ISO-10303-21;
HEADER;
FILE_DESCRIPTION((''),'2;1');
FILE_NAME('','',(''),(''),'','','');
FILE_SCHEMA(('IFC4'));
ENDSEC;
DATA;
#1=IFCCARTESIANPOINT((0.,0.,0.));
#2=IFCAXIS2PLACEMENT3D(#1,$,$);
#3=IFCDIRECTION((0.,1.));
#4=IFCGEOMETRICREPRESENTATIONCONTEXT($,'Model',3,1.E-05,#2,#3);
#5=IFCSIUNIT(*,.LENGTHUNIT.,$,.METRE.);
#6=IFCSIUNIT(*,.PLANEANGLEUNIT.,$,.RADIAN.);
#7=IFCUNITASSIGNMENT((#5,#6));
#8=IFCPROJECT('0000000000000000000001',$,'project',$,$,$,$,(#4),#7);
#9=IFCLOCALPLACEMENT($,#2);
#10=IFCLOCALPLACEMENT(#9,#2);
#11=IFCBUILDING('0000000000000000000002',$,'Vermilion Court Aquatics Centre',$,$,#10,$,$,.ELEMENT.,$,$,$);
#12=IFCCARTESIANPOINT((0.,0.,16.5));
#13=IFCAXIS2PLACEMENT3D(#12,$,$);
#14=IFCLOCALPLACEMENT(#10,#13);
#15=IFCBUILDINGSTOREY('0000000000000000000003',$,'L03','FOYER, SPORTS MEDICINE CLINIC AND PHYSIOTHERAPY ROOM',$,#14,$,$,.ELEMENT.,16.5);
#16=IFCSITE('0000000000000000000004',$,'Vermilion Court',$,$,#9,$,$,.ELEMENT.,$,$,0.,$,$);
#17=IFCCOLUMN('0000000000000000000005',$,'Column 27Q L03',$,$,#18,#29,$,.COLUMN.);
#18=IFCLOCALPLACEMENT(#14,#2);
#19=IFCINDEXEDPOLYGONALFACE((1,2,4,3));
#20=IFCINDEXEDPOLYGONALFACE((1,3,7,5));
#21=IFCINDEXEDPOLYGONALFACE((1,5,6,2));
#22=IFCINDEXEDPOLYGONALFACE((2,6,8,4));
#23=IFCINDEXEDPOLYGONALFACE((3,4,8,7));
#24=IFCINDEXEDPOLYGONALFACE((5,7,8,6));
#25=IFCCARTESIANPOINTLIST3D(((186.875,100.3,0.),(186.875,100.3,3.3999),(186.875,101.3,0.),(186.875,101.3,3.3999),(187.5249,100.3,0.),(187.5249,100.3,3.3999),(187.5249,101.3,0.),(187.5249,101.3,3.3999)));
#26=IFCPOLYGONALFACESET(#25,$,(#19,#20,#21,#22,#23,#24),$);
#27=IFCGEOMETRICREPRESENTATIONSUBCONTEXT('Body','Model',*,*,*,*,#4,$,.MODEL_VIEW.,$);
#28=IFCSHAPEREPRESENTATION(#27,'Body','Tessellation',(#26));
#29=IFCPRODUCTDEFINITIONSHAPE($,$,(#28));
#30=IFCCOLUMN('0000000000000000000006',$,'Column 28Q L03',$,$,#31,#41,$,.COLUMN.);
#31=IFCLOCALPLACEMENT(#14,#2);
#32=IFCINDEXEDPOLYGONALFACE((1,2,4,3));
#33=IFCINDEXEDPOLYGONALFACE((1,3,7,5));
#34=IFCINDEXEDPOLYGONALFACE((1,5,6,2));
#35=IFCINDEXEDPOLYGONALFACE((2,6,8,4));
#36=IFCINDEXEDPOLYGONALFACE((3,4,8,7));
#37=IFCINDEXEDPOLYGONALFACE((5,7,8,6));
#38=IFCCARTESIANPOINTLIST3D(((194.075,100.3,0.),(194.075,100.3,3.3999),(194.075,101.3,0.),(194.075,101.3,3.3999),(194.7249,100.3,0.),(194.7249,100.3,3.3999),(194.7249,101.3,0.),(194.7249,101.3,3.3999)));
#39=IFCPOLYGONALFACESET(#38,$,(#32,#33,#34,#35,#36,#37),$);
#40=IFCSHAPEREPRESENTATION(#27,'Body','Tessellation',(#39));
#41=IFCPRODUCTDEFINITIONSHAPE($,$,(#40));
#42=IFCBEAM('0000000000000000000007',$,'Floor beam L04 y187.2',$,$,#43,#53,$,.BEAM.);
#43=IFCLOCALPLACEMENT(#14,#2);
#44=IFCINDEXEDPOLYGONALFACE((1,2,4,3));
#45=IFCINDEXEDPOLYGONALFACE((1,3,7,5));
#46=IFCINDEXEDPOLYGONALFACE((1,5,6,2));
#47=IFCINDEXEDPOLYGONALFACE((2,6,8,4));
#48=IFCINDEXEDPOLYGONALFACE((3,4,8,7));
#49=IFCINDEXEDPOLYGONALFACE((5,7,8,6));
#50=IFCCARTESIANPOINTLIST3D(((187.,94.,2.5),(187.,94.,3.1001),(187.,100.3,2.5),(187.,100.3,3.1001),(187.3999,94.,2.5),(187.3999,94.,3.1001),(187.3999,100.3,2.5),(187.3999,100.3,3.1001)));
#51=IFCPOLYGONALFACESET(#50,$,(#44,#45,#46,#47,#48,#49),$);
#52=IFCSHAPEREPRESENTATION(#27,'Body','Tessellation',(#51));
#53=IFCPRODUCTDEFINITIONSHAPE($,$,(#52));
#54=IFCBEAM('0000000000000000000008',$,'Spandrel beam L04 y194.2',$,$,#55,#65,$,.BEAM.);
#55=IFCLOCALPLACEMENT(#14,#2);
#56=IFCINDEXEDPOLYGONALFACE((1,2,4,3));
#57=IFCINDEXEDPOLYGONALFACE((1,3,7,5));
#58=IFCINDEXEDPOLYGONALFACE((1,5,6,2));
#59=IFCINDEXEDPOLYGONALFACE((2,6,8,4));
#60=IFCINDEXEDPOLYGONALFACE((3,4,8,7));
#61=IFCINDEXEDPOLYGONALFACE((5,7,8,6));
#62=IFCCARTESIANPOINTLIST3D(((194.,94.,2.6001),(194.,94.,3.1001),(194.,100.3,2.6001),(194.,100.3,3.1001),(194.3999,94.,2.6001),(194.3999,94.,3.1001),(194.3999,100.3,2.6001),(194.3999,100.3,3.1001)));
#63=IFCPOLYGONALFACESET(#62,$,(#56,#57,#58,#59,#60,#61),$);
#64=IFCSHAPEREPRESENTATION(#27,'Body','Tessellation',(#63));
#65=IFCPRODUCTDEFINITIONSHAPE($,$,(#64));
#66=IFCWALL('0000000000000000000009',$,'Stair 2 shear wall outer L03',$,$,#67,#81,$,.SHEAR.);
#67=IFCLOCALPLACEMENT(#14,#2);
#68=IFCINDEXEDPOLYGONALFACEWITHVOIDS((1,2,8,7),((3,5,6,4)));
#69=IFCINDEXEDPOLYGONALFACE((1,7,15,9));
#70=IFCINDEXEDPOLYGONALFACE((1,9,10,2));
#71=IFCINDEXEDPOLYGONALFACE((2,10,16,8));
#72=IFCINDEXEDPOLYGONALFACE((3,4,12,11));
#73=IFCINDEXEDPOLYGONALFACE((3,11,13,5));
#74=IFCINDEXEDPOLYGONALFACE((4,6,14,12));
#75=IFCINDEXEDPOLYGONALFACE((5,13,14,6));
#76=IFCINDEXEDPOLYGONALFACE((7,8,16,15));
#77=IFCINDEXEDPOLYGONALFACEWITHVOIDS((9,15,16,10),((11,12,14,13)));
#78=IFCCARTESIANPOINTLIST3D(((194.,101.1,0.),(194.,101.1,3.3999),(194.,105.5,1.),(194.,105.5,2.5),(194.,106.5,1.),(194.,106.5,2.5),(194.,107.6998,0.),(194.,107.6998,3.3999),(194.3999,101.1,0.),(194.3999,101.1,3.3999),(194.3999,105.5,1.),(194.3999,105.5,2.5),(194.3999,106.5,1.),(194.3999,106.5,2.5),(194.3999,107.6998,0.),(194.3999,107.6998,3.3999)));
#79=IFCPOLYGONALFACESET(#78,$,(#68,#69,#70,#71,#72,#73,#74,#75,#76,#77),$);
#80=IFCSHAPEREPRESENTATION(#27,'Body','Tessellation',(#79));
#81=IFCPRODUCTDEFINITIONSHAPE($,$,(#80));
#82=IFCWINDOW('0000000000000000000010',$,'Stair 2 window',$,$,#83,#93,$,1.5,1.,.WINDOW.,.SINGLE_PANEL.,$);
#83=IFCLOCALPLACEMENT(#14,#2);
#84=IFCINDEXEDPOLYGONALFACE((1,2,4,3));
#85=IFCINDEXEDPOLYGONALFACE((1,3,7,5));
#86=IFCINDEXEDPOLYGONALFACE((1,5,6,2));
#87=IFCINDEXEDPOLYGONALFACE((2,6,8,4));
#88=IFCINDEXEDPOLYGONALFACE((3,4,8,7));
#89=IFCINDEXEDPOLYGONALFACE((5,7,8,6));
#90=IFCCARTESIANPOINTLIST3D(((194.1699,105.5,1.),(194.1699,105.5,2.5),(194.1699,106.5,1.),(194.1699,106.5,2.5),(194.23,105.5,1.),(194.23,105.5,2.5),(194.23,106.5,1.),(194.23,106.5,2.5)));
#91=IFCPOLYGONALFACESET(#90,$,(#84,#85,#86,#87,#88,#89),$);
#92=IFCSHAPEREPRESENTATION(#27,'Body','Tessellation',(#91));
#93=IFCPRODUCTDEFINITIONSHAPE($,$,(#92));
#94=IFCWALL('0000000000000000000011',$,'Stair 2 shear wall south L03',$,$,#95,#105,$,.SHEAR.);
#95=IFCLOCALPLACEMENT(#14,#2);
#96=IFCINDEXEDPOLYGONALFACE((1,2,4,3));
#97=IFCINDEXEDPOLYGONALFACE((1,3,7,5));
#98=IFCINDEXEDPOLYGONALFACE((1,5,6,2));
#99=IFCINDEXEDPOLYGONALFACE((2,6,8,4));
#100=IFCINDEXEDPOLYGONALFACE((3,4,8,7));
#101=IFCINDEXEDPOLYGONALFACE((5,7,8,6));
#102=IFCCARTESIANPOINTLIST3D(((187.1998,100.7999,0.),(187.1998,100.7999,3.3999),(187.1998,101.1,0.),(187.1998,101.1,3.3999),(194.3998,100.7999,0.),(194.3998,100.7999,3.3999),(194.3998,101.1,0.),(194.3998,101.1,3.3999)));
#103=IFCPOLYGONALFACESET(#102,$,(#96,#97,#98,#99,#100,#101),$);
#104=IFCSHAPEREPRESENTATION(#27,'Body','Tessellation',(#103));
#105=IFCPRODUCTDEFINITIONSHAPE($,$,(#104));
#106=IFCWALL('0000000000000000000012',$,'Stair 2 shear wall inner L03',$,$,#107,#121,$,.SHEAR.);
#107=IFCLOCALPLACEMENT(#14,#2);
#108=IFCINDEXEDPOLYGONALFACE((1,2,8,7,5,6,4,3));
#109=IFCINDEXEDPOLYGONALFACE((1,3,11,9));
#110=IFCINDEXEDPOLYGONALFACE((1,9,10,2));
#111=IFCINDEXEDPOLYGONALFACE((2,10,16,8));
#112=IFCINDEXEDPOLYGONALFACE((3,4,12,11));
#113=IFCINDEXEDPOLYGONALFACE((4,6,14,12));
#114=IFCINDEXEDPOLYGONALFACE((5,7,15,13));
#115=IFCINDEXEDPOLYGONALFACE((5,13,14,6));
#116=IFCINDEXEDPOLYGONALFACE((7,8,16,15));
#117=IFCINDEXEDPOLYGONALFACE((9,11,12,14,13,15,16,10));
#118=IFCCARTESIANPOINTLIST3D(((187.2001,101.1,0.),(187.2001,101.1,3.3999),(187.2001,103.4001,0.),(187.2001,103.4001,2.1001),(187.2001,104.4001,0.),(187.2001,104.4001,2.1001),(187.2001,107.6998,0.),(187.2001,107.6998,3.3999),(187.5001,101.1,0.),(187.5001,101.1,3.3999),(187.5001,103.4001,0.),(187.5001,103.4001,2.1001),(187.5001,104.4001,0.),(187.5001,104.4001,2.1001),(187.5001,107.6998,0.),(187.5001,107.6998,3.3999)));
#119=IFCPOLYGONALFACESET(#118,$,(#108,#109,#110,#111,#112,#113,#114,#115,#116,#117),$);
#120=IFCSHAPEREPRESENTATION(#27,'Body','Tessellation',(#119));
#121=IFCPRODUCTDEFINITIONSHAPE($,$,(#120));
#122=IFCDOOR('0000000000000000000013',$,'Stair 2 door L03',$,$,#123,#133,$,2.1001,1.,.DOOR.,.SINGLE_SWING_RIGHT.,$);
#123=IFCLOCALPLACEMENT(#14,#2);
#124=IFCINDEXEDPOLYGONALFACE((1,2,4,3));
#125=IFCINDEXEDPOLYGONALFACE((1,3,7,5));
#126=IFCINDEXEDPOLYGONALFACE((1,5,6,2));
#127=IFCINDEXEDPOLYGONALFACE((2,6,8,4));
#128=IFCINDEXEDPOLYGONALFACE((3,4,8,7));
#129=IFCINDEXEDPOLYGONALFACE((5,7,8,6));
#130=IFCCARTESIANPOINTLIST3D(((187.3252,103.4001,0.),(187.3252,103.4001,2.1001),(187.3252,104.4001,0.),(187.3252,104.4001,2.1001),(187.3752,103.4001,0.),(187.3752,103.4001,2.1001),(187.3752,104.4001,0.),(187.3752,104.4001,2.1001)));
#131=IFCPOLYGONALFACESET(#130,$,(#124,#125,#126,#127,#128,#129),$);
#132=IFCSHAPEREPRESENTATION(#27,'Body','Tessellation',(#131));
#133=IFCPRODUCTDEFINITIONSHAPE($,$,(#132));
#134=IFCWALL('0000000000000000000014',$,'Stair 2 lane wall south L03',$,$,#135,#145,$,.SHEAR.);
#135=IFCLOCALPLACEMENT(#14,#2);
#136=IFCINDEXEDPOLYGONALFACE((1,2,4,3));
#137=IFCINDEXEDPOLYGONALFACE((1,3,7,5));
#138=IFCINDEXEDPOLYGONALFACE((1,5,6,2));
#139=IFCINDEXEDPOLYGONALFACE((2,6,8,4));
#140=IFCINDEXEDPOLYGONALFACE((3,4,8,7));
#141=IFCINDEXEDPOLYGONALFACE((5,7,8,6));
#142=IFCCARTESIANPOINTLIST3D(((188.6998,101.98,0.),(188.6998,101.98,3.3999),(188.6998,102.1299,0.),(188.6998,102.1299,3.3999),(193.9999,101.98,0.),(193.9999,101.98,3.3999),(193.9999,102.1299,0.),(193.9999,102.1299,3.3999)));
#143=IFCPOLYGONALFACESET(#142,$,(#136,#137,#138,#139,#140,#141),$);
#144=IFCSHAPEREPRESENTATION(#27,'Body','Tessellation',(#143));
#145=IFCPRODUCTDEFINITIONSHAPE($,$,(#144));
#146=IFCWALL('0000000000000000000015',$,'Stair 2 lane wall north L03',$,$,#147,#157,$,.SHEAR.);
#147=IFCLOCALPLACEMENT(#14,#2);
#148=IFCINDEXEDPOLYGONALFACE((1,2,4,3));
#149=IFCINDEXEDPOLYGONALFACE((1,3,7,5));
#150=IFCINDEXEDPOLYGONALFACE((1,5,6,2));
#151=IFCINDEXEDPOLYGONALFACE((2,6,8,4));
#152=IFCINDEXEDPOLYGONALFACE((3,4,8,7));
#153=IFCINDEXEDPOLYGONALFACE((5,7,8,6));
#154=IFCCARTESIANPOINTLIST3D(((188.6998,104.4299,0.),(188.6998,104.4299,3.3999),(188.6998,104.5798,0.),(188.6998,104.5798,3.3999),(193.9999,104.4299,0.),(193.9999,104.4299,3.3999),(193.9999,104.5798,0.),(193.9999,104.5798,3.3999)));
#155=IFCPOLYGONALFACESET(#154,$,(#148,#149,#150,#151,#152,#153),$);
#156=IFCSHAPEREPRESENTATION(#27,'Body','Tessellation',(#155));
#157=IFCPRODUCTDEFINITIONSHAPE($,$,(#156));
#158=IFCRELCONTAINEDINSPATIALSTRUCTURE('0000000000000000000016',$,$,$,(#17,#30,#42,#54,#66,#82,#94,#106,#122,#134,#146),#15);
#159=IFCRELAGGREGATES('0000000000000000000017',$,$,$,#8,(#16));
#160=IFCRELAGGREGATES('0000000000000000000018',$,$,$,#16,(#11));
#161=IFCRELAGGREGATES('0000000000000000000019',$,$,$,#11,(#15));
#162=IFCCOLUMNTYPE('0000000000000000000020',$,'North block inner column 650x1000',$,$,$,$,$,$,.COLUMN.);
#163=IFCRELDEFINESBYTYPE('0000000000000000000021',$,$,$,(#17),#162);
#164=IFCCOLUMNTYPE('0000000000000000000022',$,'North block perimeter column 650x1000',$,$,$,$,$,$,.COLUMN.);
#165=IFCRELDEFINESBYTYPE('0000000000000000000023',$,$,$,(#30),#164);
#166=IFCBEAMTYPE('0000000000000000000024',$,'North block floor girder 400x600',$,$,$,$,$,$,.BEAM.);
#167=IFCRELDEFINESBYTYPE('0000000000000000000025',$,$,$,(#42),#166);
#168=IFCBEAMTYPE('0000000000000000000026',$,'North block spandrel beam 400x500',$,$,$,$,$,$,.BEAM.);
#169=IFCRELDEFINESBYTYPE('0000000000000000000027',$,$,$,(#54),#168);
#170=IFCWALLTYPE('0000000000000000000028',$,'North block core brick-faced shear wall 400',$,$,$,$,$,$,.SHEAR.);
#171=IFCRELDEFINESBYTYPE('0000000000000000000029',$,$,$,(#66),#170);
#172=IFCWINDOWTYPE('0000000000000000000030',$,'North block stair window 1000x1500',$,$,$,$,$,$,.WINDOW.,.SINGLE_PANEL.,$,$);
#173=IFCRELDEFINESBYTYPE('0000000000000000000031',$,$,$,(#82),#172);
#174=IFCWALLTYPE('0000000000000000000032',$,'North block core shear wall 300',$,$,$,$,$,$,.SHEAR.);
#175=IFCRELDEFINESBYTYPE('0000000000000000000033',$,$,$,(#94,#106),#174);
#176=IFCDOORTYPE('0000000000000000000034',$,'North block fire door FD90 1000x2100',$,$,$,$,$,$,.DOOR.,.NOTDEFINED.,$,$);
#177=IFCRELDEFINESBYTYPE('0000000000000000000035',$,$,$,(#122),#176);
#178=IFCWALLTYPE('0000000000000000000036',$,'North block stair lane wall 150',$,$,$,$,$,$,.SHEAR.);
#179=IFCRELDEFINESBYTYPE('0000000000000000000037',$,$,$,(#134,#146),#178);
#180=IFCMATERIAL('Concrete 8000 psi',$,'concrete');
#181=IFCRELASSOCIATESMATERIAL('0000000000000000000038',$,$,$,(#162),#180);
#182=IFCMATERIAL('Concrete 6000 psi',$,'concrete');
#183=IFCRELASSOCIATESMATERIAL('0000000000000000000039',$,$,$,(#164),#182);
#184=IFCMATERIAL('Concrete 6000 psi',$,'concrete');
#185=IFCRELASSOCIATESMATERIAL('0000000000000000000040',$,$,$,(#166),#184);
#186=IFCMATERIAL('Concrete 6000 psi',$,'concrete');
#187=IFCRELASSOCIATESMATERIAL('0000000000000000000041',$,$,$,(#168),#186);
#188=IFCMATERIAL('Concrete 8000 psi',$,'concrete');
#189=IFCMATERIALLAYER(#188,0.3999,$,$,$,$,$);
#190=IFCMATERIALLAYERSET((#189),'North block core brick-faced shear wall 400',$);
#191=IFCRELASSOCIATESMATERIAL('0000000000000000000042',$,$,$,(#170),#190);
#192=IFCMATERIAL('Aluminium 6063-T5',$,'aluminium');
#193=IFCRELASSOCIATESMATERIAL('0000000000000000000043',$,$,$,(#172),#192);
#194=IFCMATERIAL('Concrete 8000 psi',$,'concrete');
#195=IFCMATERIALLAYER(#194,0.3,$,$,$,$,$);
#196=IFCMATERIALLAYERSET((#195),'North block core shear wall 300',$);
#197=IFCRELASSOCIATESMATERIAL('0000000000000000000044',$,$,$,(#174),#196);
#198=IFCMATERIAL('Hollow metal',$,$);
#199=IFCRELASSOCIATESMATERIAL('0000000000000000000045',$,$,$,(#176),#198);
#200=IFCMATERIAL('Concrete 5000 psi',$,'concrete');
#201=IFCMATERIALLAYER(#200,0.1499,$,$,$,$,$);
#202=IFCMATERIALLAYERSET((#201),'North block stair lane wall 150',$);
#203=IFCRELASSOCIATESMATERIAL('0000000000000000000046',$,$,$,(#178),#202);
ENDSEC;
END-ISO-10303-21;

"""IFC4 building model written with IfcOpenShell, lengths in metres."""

from ifc_helpers import new_model, si_unit, direction, frame, frame_2d, origin, origin_2d, place, context, subcontext, project, spatial, rectangle, extrude, material, layer, layer_set, material_profile, profile_set, type_object, element, fill, save


model = new_model("IFC4")

# Units and contexts
model_context = context("Model", 3, precision=1e-05, world=origin(), true_north=direction((0.0, 1.0)))
body_context = subcontext(model_context, "Body", "Model", "MODEL_VIEW")
ifc_project = project(units=[si_unit("LENGTHUNIT", "METRE"), si_unit("PLANEANGLEUNIT", "RADIAN")], contexts=[model_context])

# Site, building, storey
site_placement = place(None, origin())
site = spatial("IfcSite", under=ifc_project, at=site_placement, Name="Vermilion Court", CompositionType="ELEMENT", RefElevation=0.0)
building_placement = place(site_placement, origin())
building = spatial("IfcBuilding", under=site, at=building_placement, Name="Vermilion Court Aquatics Centre", CompositionType="ELEMENT")
storey_placement = place(building_placement, frame((0.0, 0.0, 16.5)))
storey = spatial("IfcBuildingStorey", under=building, at=storey_placement, Name="L03", Description="FOYER, SPORTS MEDICINE CLINIC AND PHYSIOTHERAPY ROOM", CompositionType="ELEMENT", Elevation=16.5)

# Columns
ifc_material_1 = material(Name="Concrete 8000 psi", Category="concrete")
ifc_material_profile_1 = material_profile(ifc_material_1, rectangle(XDim=0.6499, YDim=1.0, at=origin_2d()), Name="RC 650x1000")
ifc_profile_set_1 = profile_set([ifc_material_profile_1], Name="Concrete 8000 psi")
column_type_1 = type_object("IfcColumnType", Name="North block inner column 650x1000", PredefinedType="COLUMN", material=ifc_profile_set_1)
column_1_placement = place(storey_placement, frame((187.2, 100.8, 0.0), z_axis=(0.0, 0.0, 1.0), x_axis=(1.0, 0.0, 0.0)))
element("IfcColumn", 1, at=column_1_placement, inside=storey, type_object=column_type_1, Name="Column 27Q L03", PredefinedType="COLUMN", context=body_context, shape_type="SweptSolid", body=[
    extrude(rectangle(XDim=0.6499, YDim=1.0, at=origin_2d()), origin(), (0.0, 0.0, 1.0), 3.3999),
])
ifc_material_2 = material(Name="Concrete 6000 psi", Category="concrete")
ifc_material_profile_2 = material_profile(ifc_material_2, rectangle(XDim=0.6499, YDim=1.0, at=origin_2d()), Name="RC 650x1000")
ifc_profile_set_2 = profile_set([ifc_material_profile_2], Name="Concrete 6000 psi")
column_type_2 = type_object("IfcColumnType", Name="North block perimeter column 650x1000", PredefinedType="COLUMN", material=ifc_profile_set_2)
column_2_placement = place(storey_placement, frame((194.3999, 100.8, 0.0), z_axis=(0.0, 0.0, 1.0), x_axis=(1.0, 0.0, 0.0)))
element("IfcColumn", 2, at=column_2_placement, inside=storey, type_object=column_type_2, Name="Column 28Q L03", PredefinedType="COLUMN", context=body_context, shape_type="SweptSolid", body=[
    extrude(rectangle(XDim=0.6499, YDim=1.0, at=origin_2d()), origin(), (0.0, 0.0, 1.0), 3.3999),
])

# Beams
ifc_material_3 = material(Name="Concrete 6000 psi", Category="concrete")
ifc_material_profile_3 = material_profile(ifc_material_3, rectangle(XDim=0.3999, YDim=0.6001, at=origin_2d()), Name="RC 400x600")
ifc_profile_set_3 = profile_set([ifc_material_profile_3], Name="Concrete 6000 psi")
beam_type_1 = type_object("IfcBeamType", Name="North block floor girder 400x600", PredefinedType="BEAM", material=ifc_profile_set_3)
beam_1_placement = place(storey_placement, frame((187.2, 94.0, 2.8), z_axis=(0.0, 1.0, 0.0), x_axis=(-1.0, 0.0, 0.0)))
element("IfcBeam", 3, at=beam_1_placement, inside=storey, type_object=beam_type_1, Name="Floor beam L04 y187.2", PredefinedType="BEAM", context=body_context, shape_type="SweptSolid", body=[
    extrude(rectangle(XDim=0.3999, YDim=0.6001, at=origin_2d()), origin(), (0.0, 0.0, 1.0), 6.3),
])
ifc_material_4 = material(Name="Concrete 6000 psi", Category="concrete")
ifc_material_profile_4 = material_profile(ifc_material_4, rectangle(XDim=0.3999, YDim=0.5, at=origin_2d()), Name="RC 400x500")
ifc_profile_set_4 = profile_set([ifc_material_profile_4], Name="Concrete 6000 psi")
beam_type_2 = type_object("IfcBeamType", Name="North block spandrel beam 400x500", PredefinedType="BEAM", material=ifc_profile_set_4)
beam_2_placement = place(storey_placement, frame((194.2, 94.0, 2.8501), z_axis=(0.0, 1.0, 0.0), x_axis=(-1.0, 0.0, 0.0)))
element("IfcBeam", 4, at=beam_2_placement, inside=storey, type_object=beam_type_2, Name="Spandrel beam L04 y194.2", PredefinedType="BEAM", context=body_context, shape_type="SweptSolid", body=[
    extrude(rectangle(XDim=0.3999, YDim=0.5, at=origin_2d()), origin(), (0.0, 0.0, 1.0), 6.3),
])

# Wall, opening, window
ifc_material_5 = material(Name="Concrete 8000 psi", Category="concrete")
ifc_layer_1 = layer(ifc_material_5, 0.3999)
ifc_layer_set_1 = layer_set([ifc_layer_1], Name="North block core brick-faced shear wall 400")
wall_type_1 = type_object("IfcWallType", Name="North block core brick-faced shear wall 400", PredefinedType="SHEAR", material=ifc_layer_set_1)
wall_1_placement = place(storey_placement, frame((194.2, 101.1001, 0.0), z_axis=(0.0, 0.0, 1.0), x_axis=(0.0, 1.0, 0.0)))
wall_1 = element("IfcWall", 5, at=wall_1_placement, inside=storey, type_object=wall_type_1, Name="Stair 2 shear wall outer L03", PredefinedType="SHEAR", context=body_context, shape_type="SweptSolid", body=[
    extrude(rectangle(XDim=6.5999, YDim=0.3999, at=frame_2d((3.2998, 0.0))), origin(), (0.0, 0.0, 1.0), 3.3999),
])
opening_1_placement = place(wall_1_placement, frame((4.3999, 0.0, 1.0)))
opening_1 = element("IfcOpeningElement", 6, at=opening_1_placement, cuts=wall_1, PredefinedType="OPENING", context=body_context, shape_type="SweptSolid", body=[
    extrude(rectangle(XDim=1.0, YDim=1.5, at=frame_2d((0.5, 0.75))), frame((0.0, 0.21, 0.0), z_axis=(0.0, -1.0, 0.0), x_axis=(1.0, 0.0, 0.0)), (0.0, 0.0, 1.0), 0.4199),
])
ifc_material_6 = material(Name="Aluminium 6063-T5", Category="aluminium")
window_type = type_object("IfcWindowType", Name="North block stair window 1000x1500", PartitioningType="SINGLE_PANEL", PredefinedType="WINDOW", material=ifc_material_6)
window_placement = place(opening_1_placement, origin())
window = element("IfcWindow", 7, at=window_placement, inside=storey, type_object=window_type, Name="Stair 2 window", OverallHeight=1.5, OverallWidth=1.0, PartitioningType="SINGLE_PANEL", PredefinedType="WINDOW", context=body_context, shape_type="SweptSolid", body=[
    extrude(rectangle(XDim=1.0, YDim=1.5, at=frame_2d((0.5, 0.75))), frame((0.0, 0.03, 0.0), z_axis=(0.0, -1.0, 0.0), x_axis=(1.0, 0.0, 0.0)), (0.0, 0.0, 1.0), 0.0601),
])
fill(opening_1, window)

# Wall
ifc_material_7 = material(Name="Concrete 8000 psi", Category="concrete")
ifc_layer_2 = layer(ifc_material_7, 0.3)
ifc_layer_set_2 = layer_set([ifc_layer_2], Name="North block core shear wall 300")
wall_type_2 = type_object("IfcWallType", Name="North block core shear wall 300", PredefinedType="SHEAR", material=ifc_layer_set_2)
wall_2_placement = place(storey_placement, frame((194.3999, 100.95, 0.0), z_axis=(0.0, 0.0, 1.0), x_axis=(-1.0, 0.0, 0.0)))
element("IfcWall", 8, at=wall_2_placement, inside=storey, type_object=wall_type_2, Name="Stair 2 shear wall south L03", PredefinedType="SHEAR", context=body_context, shape_type="SweptSolid", body=[
    extrude(rectangle(XDim=7.2, YDim=0.3, at=frame_2d((3.6001, 0.0))), origin(), (0.0, 0.0, 1.0), 3.3999),
])

# Wall, opening, door
wall_3_placement = place(storey_placement, frame((187.3501, 101.1001, 0.0), z_axis=(0.0, 0.0, 1.0), x_axis=(0.0, 1.0, 0.0)))
wall_3 = element("IfcWall", 9, at=wall_3_placement, inside=storey, type_object=wall_type_2, Name="Stair 2 shear wall inner L03", PredefinedType="SHEAR", context=body_context, shape_type="SweptSolid", body=[
    extrude(rectangle(XDim=6.5999, YDim=0.3, at=frame_2d((3.2998, 0.0))), origin(), (0.0, 0.0, 1.0), 3.3999),
])
opening_2_placement = place(wall_3_placement, frame((2.3, 0.0, 0.0)))
opening_2 = element("IfcOpeningElement", 10, at=opening_2_placement, cuts=wall_3, PredefinedType="OPENING", context=body_context, shape_type="SweptSolid", body=[
    extrude(rectangle(XDim=1.0, YDim=2.1001, at=frame_2d((0.5, 1.05))), frame((0.0, 0.1599, 0.0), z_axis=(0.0, -1.0, 0.0), x_axis=(1.0, 0.0, 0.0)), (0.0, 0.0, 1.0), 0.3201),
])
ifc_material_8 = material(Name="Hollow metal")
door_type = type_object("IfcDoorType", Name="North block fire door FD90 1000x2100", OperationType="NOTDEFINED", PredefinedType="DOOR", material=ifc_material_8)
door_placement = place(opening_2_placement, frame((1.0, 0.0, 0.0), z_axis=(0.0, 0.0, 1.0), x_axis=(-1.0, 0.0, 0.0)))
door = element("IfcDoor", 11, at=door_placement, inside=storey, type_object=door_type, Name="Stair 2 door L03", OperationType="SINGLE_SWING_RIGHT", OverallHeight=2.1001, OverallWidth=1.0, PredefinedType="DOOR", context=body_context, shape_type="SweptSolid", body=[
    extrude(rectangle(XDim=1.0, YDim=2.1001, at=frame_2d((0.5, 1.05))), frame((0.0, 0.0251, 0.0), z_axis=(0.0, -1.0, 0.0), x_axis=(1.0, 0.0, 0.0)), (0.0, 0.0, 1.0), 0.05),
])
fill(opening_2, door)

# Walls
ifc_material_9 = material(Name="Concrete 5000 psi", Category="concrete")
ifc_layer_3 = layer(ifc_material_9, 0.1499)
ifc_layer_set_3 = layer_set([ifc_layer_3], Name="North block stair lane wall 150")
wall_type_3 = type_object("IfcWallType", Name="North block stair lane wall 150", PredefinedType="SHEAR", material=ifc_layer_set_3)
for number, where, z_axis, x_axis, name in (
    (12, (188.7, 102.0549, 0.0), (0.0, 0.0, 1.0), (1.0, 0.0, 0.0), "Stair 2 lane wall south L03"),
    (13, (188.7, 104.5049, 0.0), (0.0, 0.0, 1.0), (1.0, 0.0, 0.0), "Stair 2 lane wall north L03"),
):
    element("IfcWall", number, at=place(storey_placement, frame(where, z_axis=z_axis, x_axis=x_axis)), inside=storey, type_object=wall_type_3, Name=name, PredefinedType="SHEAR", context=body_context, shape_type="SweptSolid", body=[
        extrude(rectangle(XDim=5.3, YDim=0.1499, at=frame_2d((2.6499, 0.0))), origin(), (0.0, 0.0, 1.0), 3.3999),
    ])

save(model, "model.ifc")
